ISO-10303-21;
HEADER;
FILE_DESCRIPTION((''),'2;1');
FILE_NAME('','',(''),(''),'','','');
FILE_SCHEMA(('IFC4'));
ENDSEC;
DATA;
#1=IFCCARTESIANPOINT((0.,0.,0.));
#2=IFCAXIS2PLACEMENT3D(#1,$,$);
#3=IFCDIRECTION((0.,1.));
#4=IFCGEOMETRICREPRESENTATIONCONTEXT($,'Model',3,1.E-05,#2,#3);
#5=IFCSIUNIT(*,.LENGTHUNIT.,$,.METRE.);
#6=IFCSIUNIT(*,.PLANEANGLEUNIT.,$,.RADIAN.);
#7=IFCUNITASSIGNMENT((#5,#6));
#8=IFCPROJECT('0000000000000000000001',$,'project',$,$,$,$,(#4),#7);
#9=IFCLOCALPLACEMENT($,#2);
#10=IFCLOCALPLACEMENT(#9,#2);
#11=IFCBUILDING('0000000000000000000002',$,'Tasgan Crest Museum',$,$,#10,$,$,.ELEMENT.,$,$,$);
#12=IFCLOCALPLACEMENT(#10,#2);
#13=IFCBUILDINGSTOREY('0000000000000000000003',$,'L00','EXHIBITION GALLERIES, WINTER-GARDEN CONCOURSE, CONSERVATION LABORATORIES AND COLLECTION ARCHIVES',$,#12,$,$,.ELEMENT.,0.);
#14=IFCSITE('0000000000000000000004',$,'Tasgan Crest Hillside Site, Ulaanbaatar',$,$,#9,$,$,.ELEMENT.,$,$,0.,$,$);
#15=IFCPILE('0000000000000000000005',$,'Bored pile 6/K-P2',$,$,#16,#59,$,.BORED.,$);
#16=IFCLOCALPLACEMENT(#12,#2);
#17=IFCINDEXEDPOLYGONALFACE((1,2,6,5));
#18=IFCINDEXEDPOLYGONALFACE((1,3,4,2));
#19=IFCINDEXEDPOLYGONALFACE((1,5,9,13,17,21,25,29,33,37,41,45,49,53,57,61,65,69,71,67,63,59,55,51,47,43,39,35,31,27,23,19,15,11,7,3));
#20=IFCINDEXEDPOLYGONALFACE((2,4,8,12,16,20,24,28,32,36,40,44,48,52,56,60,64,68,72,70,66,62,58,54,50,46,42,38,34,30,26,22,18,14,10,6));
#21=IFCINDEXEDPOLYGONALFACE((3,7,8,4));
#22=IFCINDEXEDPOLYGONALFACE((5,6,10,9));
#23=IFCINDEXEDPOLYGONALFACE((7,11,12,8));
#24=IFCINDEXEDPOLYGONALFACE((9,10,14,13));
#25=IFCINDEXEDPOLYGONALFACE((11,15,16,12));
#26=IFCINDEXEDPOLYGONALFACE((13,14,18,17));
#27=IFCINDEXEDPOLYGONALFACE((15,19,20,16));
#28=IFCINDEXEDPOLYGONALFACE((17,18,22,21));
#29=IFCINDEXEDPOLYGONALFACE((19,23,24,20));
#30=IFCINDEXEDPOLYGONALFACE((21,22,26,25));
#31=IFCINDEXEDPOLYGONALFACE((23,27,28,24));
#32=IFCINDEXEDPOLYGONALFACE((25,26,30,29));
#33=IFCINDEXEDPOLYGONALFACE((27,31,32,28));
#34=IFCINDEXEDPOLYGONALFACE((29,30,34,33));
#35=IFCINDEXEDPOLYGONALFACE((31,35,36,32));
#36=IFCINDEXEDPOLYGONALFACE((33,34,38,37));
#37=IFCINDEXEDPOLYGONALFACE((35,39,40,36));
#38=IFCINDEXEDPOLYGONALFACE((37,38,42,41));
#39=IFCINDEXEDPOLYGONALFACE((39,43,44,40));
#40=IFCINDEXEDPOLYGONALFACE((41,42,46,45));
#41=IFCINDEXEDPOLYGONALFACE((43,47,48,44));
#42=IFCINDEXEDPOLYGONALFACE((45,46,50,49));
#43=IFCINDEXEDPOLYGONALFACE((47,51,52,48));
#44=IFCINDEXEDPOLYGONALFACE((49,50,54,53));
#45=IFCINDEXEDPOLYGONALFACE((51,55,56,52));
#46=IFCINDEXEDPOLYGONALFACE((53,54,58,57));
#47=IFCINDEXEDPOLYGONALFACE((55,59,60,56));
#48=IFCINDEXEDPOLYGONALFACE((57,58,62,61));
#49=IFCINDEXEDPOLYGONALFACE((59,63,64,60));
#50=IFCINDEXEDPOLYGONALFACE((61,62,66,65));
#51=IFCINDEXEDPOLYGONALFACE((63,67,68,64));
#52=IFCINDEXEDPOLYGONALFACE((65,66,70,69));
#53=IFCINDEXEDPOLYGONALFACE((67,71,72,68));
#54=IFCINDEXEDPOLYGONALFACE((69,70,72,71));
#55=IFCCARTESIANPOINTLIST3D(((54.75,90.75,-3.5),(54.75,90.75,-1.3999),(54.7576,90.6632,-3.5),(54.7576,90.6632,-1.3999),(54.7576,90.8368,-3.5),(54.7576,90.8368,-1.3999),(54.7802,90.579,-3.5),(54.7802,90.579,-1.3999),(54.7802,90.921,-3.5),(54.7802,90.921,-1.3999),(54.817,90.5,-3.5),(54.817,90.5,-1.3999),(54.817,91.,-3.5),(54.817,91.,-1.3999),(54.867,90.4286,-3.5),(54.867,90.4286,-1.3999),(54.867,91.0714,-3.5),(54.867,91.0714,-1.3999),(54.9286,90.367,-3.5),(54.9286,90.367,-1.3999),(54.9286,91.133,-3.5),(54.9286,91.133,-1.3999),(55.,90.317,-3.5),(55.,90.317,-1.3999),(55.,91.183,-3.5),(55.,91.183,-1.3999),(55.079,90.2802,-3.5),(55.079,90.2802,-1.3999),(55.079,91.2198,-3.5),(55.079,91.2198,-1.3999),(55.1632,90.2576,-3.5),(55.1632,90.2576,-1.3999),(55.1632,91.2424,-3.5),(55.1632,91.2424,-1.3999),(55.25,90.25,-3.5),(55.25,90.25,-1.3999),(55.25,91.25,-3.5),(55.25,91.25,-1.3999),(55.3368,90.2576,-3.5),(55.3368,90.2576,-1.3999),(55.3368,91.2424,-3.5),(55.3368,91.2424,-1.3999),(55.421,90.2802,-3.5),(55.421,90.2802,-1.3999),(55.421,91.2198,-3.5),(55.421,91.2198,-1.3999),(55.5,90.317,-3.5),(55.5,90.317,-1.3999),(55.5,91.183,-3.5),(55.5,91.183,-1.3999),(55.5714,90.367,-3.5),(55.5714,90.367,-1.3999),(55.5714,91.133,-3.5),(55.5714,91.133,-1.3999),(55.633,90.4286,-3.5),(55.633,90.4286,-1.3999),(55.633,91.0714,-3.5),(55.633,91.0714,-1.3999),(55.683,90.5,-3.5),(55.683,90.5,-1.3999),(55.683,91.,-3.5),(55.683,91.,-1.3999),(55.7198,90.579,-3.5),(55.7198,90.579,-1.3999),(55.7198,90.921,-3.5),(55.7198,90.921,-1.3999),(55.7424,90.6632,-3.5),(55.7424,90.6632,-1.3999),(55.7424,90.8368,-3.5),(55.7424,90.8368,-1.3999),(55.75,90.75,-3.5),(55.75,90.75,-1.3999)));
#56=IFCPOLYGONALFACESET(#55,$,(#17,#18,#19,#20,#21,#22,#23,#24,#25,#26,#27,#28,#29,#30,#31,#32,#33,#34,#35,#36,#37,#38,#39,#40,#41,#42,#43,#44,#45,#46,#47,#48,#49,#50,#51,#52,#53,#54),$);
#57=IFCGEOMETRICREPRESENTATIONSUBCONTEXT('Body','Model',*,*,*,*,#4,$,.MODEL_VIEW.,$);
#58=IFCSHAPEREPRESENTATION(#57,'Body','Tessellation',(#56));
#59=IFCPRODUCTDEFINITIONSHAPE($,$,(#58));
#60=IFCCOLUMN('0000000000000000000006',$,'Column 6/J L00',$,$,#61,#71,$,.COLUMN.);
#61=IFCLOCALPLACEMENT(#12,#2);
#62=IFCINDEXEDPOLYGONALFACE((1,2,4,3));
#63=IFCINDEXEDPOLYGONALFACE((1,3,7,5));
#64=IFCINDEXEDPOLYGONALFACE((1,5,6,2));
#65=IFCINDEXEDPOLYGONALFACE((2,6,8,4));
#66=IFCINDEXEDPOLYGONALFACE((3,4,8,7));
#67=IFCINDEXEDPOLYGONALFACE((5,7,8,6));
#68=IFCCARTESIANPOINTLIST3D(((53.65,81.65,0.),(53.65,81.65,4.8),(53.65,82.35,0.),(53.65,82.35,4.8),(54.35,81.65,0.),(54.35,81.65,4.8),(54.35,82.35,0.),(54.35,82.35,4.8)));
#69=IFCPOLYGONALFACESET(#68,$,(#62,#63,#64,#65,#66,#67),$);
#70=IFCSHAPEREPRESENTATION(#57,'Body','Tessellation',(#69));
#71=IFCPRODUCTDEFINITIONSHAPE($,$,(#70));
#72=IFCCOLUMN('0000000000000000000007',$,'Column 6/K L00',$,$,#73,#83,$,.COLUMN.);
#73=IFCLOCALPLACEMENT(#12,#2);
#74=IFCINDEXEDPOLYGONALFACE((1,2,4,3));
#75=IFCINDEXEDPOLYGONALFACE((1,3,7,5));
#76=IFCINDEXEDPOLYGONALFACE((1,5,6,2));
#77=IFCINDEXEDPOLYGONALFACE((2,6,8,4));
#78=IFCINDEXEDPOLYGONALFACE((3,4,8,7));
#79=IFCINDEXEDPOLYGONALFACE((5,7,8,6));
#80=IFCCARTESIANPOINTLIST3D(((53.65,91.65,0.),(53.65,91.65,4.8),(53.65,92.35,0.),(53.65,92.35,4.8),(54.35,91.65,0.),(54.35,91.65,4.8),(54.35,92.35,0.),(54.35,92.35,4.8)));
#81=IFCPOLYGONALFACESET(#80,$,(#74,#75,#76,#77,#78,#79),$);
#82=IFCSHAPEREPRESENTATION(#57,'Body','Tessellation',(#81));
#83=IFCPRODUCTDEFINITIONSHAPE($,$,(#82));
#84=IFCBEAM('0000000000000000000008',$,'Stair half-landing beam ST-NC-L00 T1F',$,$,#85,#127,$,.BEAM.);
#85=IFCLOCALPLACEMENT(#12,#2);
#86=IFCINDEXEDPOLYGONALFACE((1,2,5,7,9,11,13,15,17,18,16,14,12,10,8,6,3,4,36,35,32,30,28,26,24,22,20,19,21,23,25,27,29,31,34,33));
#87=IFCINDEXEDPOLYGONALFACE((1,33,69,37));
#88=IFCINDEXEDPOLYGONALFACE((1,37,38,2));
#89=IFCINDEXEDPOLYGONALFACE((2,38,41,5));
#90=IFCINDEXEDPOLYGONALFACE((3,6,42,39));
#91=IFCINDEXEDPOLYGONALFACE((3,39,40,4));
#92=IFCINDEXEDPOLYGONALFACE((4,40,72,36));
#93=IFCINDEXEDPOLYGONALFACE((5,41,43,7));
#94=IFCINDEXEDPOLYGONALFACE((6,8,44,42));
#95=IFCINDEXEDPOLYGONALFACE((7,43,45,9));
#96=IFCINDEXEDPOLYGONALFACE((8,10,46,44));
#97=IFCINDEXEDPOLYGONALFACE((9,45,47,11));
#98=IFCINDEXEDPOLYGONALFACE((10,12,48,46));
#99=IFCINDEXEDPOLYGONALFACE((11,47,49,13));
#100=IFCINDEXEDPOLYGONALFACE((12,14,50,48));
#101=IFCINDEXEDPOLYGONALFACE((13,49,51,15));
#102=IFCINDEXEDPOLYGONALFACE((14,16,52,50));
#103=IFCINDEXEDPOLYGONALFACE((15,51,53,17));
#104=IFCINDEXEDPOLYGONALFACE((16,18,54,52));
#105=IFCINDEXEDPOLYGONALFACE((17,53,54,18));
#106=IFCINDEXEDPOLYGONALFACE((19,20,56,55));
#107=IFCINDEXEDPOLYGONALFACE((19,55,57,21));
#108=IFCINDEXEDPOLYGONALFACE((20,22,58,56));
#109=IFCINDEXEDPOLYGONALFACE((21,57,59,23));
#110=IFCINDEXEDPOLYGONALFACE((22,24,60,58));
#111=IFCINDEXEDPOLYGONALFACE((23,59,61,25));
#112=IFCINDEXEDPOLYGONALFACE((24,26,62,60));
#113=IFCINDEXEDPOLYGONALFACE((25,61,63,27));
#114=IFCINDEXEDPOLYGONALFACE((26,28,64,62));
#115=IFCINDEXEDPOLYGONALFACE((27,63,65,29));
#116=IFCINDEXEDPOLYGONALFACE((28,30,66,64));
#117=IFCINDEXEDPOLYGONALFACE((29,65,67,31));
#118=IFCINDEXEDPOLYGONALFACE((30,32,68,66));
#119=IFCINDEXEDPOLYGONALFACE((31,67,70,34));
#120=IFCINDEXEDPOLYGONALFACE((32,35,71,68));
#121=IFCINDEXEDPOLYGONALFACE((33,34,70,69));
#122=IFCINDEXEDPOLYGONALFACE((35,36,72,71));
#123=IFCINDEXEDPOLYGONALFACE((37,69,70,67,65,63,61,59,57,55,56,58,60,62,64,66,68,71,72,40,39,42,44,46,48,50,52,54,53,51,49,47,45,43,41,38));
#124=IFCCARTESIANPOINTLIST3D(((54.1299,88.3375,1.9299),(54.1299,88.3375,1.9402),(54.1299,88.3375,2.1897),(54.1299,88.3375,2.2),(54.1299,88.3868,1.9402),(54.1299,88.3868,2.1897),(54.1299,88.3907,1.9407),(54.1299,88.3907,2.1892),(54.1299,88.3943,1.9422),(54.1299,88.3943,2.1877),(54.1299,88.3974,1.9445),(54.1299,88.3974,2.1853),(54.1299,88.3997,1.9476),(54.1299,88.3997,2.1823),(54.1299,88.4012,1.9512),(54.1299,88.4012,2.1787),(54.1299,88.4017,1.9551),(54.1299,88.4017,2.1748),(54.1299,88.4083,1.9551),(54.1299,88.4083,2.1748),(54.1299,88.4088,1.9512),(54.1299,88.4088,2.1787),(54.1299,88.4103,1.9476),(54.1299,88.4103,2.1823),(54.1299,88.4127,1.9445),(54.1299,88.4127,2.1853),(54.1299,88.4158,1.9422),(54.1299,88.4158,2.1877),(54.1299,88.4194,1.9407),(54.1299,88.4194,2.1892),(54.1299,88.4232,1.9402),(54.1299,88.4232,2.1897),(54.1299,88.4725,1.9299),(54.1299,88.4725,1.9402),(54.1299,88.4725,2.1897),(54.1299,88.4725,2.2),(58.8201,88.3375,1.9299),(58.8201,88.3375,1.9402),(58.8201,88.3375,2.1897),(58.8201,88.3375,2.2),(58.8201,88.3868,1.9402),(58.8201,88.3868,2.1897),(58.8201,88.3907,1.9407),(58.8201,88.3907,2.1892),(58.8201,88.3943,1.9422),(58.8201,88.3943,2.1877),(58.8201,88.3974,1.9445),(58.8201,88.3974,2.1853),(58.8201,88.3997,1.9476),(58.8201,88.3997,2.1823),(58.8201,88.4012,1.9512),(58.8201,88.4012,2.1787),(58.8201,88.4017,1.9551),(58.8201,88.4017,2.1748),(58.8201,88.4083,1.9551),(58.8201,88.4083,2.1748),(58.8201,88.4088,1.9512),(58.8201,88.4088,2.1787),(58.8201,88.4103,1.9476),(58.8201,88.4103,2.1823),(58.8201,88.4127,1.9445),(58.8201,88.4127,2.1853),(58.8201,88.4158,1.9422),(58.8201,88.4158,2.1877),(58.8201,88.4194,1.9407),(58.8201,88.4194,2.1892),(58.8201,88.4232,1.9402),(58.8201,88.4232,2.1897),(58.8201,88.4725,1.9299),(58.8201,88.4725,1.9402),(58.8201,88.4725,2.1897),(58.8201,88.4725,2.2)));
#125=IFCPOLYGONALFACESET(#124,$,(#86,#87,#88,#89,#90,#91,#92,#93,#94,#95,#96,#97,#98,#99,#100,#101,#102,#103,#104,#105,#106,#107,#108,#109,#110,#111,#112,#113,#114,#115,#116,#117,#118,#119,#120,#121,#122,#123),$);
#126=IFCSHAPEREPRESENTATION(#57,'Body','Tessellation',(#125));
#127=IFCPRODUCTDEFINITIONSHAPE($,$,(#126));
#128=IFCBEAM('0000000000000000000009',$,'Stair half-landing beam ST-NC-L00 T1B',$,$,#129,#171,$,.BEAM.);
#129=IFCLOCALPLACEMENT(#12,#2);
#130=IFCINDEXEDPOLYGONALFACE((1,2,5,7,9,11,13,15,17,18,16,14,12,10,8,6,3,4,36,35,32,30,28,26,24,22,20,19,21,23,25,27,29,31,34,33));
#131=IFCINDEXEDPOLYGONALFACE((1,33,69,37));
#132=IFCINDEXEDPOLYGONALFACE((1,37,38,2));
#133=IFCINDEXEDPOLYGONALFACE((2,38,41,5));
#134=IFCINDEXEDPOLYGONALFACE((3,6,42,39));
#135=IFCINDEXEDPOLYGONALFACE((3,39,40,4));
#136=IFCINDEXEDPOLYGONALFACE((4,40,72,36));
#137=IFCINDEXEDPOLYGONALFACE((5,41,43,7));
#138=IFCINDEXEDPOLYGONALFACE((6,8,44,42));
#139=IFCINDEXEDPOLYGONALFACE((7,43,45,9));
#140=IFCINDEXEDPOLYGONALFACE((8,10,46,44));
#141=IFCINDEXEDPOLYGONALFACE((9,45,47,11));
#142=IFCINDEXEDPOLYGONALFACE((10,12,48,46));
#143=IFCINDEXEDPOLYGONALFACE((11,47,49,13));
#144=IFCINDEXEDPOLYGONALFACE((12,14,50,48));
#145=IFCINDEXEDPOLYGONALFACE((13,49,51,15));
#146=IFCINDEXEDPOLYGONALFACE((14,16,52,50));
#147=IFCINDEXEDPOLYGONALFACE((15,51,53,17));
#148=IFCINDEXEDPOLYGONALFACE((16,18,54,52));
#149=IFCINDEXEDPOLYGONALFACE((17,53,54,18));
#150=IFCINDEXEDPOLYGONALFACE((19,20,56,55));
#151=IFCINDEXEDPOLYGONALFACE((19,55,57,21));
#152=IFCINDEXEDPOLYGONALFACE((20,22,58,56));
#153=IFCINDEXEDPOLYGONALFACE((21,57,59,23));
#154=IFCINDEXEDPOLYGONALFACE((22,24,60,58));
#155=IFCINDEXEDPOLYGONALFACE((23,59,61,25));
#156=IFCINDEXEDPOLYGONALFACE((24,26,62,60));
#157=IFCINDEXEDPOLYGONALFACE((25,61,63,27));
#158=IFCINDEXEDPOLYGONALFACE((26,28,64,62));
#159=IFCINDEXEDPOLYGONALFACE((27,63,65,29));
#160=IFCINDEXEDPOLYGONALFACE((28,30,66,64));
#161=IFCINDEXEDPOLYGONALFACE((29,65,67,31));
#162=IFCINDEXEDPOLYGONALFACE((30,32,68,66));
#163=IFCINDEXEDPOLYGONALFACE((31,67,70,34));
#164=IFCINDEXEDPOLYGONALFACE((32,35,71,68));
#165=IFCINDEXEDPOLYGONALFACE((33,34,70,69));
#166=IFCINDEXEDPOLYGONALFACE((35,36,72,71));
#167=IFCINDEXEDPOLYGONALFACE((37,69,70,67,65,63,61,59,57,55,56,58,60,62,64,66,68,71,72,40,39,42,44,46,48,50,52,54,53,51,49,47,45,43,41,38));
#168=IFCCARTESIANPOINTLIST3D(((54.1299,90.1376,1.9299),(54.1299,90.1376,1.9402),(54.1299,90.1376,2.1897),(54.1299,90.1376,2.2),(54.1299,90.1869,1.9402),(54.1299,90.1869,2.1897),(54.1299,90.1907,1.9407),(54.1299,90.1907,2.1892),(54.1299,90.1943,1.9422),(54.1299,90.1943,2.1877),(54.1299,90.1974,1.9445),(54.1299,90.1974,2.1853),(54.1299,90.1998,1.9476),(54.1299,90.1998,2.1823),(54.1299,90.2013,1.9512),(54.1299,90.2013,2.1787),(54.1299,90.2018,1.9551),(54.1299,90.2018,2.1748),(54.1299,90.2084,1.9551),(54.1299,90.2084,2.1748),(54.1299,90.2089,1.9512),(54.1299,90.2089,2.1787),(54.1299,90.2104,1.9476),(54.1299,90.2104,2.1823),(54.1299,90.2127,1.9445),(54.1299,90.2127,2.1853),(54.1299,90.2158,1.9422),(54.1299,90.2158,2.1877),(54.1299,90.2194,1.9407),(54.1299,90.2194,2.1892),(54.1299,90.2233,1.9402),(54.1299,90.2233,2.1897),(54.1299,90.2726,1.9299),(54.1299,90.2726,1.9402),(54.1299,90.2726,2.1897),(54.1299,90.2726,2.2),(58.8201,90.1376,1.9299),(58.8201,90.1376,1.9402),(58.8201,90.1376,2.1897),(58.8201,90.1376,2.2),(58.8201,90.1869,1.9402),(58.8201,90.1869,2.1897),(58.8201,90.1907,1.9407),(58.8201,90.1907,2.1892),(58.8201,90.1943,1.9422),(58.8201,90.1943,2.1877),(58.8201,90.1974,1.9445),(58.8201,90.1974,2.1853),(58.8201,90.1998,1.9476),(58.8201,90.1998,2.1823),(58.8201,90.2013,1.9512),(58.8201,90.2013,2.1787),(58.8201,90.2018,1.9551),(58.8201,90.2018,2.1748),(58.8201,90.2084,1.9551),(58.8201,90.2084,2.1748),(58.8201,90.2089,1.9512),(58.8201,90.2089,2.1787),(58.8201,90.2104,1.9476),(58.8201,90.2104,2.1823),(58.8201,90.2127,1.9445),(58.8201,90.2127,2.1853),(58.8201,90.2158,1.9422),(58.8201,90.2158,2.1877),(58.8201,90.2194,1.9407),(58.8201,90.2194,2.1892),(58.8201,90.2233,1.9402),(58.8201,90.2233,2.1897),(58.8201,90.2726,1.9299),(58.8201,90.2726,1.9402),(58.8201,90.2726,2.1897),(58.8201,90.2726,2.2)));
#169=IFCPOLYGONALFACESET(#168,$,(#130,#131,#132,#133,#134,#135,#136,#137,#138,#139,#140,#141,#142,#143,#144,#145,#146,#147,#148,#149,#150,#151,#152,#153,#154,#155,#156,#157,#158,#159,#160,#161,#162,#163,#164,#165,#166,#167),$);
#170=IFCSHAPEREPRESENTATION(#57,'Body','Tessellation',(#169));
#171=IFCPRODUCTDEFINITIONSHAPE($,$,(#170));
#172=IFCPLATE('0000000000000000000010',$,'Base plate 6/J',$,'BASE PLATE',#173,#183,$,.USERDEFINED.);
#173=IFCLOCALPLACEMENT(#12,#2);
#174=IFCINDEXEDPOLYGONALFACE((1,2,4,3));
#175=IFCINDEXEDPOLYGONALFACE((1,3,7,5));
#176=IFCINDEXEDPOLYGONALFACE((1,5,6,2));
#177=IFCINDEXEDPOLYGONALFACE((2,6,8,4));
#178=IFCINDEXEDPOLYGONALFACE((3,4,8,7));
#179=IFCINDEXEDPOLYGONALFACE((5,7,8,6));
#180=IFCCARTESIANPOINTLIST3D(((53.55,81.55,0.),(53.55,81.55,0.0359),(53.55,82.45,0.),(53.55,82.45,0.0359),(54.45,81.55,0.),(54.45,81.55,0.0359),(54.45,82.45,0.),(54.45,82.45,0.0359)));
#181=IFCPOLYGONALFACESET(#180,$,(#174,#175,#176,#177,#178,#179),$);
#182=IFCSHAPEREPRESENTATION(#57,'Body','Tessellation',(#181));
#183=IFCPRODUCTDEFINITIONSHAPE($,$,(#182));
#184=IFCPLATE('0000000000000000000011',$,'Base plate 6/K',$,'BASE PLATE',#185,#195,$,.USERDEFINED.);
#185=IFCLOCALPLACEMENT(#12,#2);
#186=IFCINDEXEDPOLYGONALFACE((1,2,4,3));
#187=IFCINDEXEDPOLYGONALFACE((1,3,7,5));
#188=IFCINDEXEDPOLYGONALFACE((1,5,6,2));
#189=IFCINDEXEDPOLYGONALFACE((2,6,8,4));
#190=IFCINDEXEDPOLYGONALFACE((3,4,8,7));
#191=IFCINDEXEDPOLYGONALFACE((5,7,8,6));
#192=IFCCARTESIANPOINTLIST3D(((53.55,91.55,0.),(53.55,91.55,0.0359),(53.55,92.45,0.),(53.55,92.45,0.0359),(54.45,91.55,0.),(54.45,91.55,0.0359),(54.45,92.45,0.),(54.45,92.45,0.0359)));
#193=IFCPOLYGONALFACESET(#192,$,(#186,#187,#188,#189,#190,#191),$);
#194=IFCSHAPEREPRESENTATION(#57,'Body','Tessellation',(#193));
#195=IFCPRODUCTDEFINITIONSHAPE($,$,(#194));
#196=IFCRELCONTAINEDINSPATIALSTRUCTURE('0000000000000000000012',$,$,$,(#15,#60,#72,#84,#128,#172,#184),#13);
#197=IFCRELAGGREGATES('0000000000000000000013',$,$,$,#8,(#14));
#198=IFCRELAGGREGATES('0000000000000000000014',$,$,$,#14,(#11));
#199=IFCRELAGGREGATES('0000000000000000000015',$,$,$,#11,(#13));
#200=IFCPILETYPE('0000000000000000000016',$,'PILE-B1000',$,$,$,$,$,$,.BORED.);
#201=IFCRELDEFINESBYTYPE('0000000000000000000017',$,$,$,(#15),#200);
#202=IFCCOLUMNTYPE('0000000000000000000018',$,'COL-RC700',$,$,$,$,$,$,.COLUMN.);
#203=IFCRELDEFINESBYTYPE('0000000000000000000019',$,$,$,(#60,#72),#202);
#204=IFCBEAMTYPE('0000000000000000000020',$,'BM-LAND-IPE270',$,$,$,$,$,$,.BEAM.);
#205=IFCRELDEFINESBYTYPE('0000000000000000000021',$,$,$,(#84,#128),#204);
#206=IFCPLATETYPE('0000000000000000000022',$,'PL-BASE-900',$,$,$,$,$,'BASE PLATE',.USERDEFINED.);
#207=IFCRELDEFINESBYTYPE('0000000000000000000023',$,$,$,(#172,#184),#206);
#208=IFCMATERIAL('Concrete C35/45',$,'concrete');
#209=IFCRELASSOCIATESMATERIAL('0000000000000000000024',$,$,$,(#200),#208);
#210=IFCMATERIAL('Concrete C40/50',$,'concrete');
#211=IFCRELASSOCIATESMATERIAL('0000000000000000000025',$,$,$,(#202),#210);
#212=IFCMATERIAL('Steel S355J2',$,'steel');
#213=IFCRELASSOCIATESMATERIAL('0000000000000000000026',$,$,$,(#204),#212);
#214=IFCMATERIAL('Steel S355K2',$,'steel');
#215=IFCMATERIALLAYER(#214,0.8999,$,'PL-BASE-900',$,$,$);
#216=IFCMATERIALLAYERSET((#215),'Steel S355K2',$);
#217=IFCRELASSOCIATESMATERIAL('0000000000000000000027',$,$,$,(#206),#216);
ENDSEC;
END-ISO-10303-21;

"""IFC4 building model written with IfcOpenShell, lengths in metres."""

from ifc_helpers import new_model, si_unit, direction, frame, origin, origin_2d, place, context, subcontext, project, spatial, rectangle, circle, i_section, extrude, material, layer, layer_set, material_profile, profile_set, type_object, element, save


model = new_model("IFC4")

# Units and contexts
model_context = context("Model", 3, precision=1e-05, world=origin(), true_north=direction((0.0, 1.0)))
body_context = subcontext(model_context, "Body", "Model", "MODEL_VIEW")
ifc_project = project(units=[si_unit("LENGTHUNIT", "METRE"), si_unit("PLANEANGLEUNIT", "RADIAN")], contexts=[model_context])

# Site, building, storey
site_placement = place(None, origin())
site = spatial("IfcSite", under=ifc_project, at=site_placement, Name="Tasgan Crest Hillside Site, Ulaanbaatar", CompositionType="ELEMENT", RefElevation=0.0)
building_placement = place(site_placement, origin())
building = spatial("IfcBuilding", under=site, at=building_placement, Name="Tasgan Crest Museum", CompositionType="ELEMENT")
storey_placement = place(building_placement, origin())
storey = spatial("IfcBuildingStorey", under=building, at=storey_placement, Name="L00", Description="EXHIBITION GALLERIES, WINTER-GARDEN CONCOURSE, CONSERVATION LABORATORIES AND COLLECTION ARCHIVES", CompositionType="ELEMENT", Elevation=0.0)

# Pile
ifc_material_1 = material(Name="Concrete C35/45", Category="concrete")
ifc_material_profile_1 = material_profile(ifc_material_1, circle(Radius=0.5, at=origin_2d()), Name="PILE D1000")
ifc_profile_set_1 = profile_set([ifc_material_profile_1], Name="Concrete C35/45")
pile_type = type_object("IfcPileType", Name="PILE-B1000", PredefinedType="BORED", material=ifc_profile_set_1)
for number, where, z_axis, x_axis, name in (
    (1, (55.25, 90.75, -1.3999), (0.0, 0.0, -1.0), (1.0, 0.0, 0.0), "Bored pile 6/K-P2"),
):
    element("IfcPile", number, at=place(storey_placement, frame(where, z_axis=z_axis, x_axis=x_axis)), inside=storey, type_object=pile_type, Name=name, PredefinedType="BORED", context=body_context, shape_type="SweptSolid", body=[
        extrude(circle(Radius=0.5, at=origin_2d()), origin(), (0.0, 0.0, 1.0), 2.1001),
    ])

# Columns
ifc_material_2 = material(Name="Concrete C40/50", Category="concrete")
ifc_material_profile_2 = material_profile(ifc_material_2, rectangle(XDim=0.7, YDim=0.7, at=origin_2d()), Name="RC 700x700")
ifc_profile_set_2 = profile_set([ifc_material_profile_2], Name="Concrete C40/50")
column_type = type_object("IfcColumnType", Name="COL-RC700", PredefinedType="COLUMN", material=ifc_profile_set_2)
for number, where, z_axis, x_axis, name in (
    (2, (54.0, 82.0, 0.0), (0.0, 0.0, 1.0), (1.0, 0.0, 0.0), "Column 6/J L00"),
    (3, (54.0, 92.0, 0.0), (0.0, 0.0, 1.0), (1.0, 0.0, 0.0), "Column 6/K L00"),
):
    element("IfcColumn", number, at=place(storey_placement, frame(where, z_axis=z_axis, x_axis=x_axis)), inside=storey, type_object=column_type, Name=name, PredefinedType="COLUMN", context=body_context, shape_type="SweptSolid", body=[
        extrude(rectangle(XDim=0.7, YDim=0.7, at=origin_2d()), origin(), (0.0, 0.0, 1.0), 4.8),
    ])

# Beams
ifc_material_3 = material(Name="Steel S355J2", Category="steel")
ifc_material_profile_3 = material_profile(ifc_material_3, i_section(OverallWidth=0.135, OverallDepth=0.27, WebThickness=0.0066, FlangeThickness=0.0103, FilletRadius=0.0149, at=origin_2d()), Name="IPE 270")
ifc_profile_set_3 = profile_set([ifc_material_profile_3], Name="Steel S355J2")
beam_type = type_object("IfcBeamType", Name="BM-LAND-IPE270", PredefinedType="BEAM", material=ifc_profile_set_3)
for number, where, z_axis, x_axis, name in (
    (4, (54.1299, 88.405, 2.0649), (1.0, 0.0, 0.0), (0.0, 1.0, 0.0), "Stair half-landing beam ST-NC-L00 T1F"),
    (5, (54.1299, 90.2051, 2.0649), (1.0, 0.0, 0.0), (0.0, 1.0, 0.0), "Stair half-landing beam ST-NC-L00 T1B"),
):
    element("IfcBeam", number, at=place(storey_placement, frame(where, z_axis=z_axis, x_axis=x_axis)), inside=storey, type_object=beam_type, Name=name, PredefinedType="BEAM", context=body_context, shape_type="SweptSolid", body=[
        extrude(i_section(OverallWidth=0.135, OverallDepth=0.27, WebThickness=0.0066, FlangeThickness=0.0103, FilletRadius=0.0149, at=origin_2d()), origin(), (0.0, 0.0, 1.0), 4.6902),
    ])

# Plates
ifc_material_4 = material(Name="Steel S355K2", Category="steel")
ifc_layer_1 = layer(ifc_material_4, 0.8999, Name="PL-BASE-900")
ifc_layer_set_1 = layer_set([ifc_layer_1], Name="Steel S355K2")
plate_type = type_object("IfcPlateType", Name="PL-BASE-900", ElementType="BASE PLATE", PredefinedType="USERDEFINED", material=ifc_layer_set_1)
for number, where, z_axis, x_axis, name in (
    (6, (54.0, 82.0, 0.0), (0.0, 0.0, 1.0), (1.0, 0.0, 0.0), "Base plate 6/J"),
    (7, (54.0, 92.0, 0.0), (0.0, 0.0, 1.0), (1.0, 0.0, 0.0), "Base plate 6/K"),
):
    element("IfcPlate", number, at=place(storey_placement, frame(where, z_axis=z_axis, x_axis=x_axis)), inside=storey, type_object=plate_type, Name=name, ObjectType="BASE PLATE", PredefinedType="USERDEFINED", context=body_context, shape_type="SweptSolid", body=[
        extrude(rectangle(XDim=0.8999, YDim=0.8999, at=origin_2d()), origin(), (0.0, 0.0, 1.0), 0.0359),
    ])

save(model, "model.ifc")
